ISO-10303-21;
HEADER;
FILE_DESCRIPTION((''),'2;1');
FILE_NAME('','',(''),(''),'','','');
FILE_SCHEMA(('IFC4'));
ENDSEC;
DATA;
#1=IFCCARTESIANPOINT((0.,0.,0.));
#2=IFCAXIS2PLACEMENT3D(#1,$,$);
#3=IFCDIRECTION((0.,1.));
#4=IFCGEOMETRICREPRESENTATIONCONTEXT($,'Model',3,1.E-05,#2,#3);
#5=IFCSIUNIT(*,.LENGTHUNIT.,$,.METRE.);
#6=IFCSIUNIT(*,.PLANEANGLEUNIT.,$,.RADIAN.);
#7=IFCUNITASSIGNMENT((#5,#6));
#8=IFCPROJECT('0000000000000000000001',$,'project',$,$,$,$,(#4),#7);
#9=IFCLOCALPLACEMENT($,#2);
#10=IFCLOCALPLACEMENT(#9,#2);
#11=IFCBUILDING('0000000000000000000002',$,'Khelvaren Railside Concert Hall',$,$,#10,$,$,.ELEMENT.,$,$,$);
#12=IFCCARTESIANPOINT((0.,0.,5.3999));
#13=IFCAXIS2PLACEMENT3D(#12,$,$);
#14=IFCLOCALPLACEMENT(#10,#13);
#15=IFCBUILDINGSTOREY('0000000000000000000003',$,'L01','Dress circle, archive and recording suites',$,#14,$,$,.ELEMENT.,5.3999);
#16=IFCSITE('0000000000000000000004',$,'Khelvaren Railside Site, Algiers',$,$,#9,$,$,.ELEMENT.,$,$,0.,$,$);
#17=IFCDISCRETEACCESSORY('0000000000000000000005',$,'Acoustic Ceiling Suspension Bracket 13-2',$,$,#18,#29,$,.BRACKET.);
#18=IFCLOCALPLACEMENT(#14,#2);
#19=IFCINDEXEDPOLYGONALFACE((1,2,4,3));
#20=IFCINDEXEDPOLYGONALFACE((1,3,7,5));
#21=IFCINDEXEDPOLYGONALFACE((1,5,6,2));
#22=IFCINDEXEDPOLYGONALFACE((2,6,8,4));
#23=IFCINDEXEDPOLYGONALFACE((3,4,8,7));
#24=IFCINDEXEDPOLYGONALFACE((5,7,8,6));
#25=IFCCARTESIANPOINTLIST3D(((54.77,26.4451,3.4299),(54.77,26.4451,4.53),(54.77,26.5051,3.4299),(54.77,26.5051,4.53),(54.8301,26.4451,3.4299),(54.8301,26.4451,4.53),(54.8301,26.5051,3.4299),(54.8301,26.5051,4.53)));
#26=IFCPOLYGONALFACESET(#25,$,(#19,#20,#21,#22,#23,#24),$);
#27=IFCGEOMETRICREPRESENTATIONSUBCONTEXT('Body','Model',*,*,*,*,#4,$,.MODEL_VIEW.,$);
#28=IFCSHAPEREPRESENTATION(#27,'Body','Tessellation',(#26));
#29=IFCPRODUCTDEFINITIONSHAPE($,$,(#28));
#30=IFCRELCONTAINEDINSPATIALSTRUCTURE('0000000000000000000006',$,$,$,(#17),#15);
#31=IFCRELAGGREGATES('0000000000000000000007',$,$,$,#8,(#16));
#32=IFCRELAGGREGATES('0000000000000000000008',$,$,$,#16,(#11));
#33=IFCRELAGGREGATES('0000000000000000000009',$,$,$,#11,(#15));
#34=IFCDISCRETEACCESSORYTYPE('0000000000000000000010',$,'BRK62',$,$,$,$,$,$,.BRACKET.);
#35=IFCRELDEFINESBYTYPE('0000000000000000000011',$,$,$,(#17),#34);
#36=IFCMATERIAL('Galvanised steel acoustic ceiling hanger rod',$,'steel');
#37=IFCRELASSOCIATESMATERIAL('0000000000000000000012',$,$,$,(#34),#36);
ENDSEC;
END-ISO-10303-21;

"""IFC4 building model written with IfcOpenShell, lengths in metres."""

from ifc_helpers import new_model, si_unit, direction, frame, origin, origin_2d, place, context, subcontext, project, spatial, rectangle, extrude, material, type_object, element, save


model = new_model("IFC4")

# Units and contexts
model_context = context("Model", 3, precision=1e-05, world=origin(), true_north=direction((0.0, 1.0)))
body_context = subcontext(model_context, "Body", "Model", "MODEL_VIEW")
ifc_project = project(units=[si_unit("LENGTHUNIT", "METRE"), si_unit("PLANEANGLEUNIT", "RADIAN")], contexts=[model_context])

# Site, building, storey
site_placement = place(None, origin())
site = spatial("IfcSite", under=ifc_project, at=site_placement, Name="Khelvaren Railside Site, Algiers", CompositionType="ELEMENT", RefElevation=0.0)
building_placement = place(site_placement, origin())
building = spatial("IfcBuilding", under=site, at=building_placement, Name="Khelvaren Railside Concert Hall", CompositionType="ELEMENT")
storey_placement = place(building_placement, frame((0.0, 0.0, 5.3999)))
storey = spatial("IfcBuildingStorey", under=building, at=storey_placement, Name="L01", Description="Dress circle, archive and recording suites", CompositionType="ELEMENT", Elevation=5.3999)

# Discrete accessory
ifc_material_1 = material(Name="Galvanised steel acoustic ceiling hanger rod", Category="steel")
discrete_accessory_type = type_object("IfcDiscreteAccessoryType", Name="BRK62", PredefinedType="BRACKET", material=ifc_material_1)
discrete_accessory_placement = place(storey_placement, frame((54.8, 26.4751, 3.4299), z_axis=(0.0, 0.0, 1.0), x_axis=(1.0, 0.0, 0.0)))
element("IfcDiscreteAccessory", 1, at=discrete_accessory_placement, inside=storey, type_object=discrete_accessory_type, Name="Acoustic Ceiling Suspension Bracket 13-2", PredefinedType="BRACKET", context=body_context, shape_type="SweptSolid", body=[
    extrude(rectangle(XDim=0.0601, YDim=0.0601, at=origin_2d()), origin(), (0.0, 0.0, 1.0), 1.1001),
])

save(model, "model.ifc")
